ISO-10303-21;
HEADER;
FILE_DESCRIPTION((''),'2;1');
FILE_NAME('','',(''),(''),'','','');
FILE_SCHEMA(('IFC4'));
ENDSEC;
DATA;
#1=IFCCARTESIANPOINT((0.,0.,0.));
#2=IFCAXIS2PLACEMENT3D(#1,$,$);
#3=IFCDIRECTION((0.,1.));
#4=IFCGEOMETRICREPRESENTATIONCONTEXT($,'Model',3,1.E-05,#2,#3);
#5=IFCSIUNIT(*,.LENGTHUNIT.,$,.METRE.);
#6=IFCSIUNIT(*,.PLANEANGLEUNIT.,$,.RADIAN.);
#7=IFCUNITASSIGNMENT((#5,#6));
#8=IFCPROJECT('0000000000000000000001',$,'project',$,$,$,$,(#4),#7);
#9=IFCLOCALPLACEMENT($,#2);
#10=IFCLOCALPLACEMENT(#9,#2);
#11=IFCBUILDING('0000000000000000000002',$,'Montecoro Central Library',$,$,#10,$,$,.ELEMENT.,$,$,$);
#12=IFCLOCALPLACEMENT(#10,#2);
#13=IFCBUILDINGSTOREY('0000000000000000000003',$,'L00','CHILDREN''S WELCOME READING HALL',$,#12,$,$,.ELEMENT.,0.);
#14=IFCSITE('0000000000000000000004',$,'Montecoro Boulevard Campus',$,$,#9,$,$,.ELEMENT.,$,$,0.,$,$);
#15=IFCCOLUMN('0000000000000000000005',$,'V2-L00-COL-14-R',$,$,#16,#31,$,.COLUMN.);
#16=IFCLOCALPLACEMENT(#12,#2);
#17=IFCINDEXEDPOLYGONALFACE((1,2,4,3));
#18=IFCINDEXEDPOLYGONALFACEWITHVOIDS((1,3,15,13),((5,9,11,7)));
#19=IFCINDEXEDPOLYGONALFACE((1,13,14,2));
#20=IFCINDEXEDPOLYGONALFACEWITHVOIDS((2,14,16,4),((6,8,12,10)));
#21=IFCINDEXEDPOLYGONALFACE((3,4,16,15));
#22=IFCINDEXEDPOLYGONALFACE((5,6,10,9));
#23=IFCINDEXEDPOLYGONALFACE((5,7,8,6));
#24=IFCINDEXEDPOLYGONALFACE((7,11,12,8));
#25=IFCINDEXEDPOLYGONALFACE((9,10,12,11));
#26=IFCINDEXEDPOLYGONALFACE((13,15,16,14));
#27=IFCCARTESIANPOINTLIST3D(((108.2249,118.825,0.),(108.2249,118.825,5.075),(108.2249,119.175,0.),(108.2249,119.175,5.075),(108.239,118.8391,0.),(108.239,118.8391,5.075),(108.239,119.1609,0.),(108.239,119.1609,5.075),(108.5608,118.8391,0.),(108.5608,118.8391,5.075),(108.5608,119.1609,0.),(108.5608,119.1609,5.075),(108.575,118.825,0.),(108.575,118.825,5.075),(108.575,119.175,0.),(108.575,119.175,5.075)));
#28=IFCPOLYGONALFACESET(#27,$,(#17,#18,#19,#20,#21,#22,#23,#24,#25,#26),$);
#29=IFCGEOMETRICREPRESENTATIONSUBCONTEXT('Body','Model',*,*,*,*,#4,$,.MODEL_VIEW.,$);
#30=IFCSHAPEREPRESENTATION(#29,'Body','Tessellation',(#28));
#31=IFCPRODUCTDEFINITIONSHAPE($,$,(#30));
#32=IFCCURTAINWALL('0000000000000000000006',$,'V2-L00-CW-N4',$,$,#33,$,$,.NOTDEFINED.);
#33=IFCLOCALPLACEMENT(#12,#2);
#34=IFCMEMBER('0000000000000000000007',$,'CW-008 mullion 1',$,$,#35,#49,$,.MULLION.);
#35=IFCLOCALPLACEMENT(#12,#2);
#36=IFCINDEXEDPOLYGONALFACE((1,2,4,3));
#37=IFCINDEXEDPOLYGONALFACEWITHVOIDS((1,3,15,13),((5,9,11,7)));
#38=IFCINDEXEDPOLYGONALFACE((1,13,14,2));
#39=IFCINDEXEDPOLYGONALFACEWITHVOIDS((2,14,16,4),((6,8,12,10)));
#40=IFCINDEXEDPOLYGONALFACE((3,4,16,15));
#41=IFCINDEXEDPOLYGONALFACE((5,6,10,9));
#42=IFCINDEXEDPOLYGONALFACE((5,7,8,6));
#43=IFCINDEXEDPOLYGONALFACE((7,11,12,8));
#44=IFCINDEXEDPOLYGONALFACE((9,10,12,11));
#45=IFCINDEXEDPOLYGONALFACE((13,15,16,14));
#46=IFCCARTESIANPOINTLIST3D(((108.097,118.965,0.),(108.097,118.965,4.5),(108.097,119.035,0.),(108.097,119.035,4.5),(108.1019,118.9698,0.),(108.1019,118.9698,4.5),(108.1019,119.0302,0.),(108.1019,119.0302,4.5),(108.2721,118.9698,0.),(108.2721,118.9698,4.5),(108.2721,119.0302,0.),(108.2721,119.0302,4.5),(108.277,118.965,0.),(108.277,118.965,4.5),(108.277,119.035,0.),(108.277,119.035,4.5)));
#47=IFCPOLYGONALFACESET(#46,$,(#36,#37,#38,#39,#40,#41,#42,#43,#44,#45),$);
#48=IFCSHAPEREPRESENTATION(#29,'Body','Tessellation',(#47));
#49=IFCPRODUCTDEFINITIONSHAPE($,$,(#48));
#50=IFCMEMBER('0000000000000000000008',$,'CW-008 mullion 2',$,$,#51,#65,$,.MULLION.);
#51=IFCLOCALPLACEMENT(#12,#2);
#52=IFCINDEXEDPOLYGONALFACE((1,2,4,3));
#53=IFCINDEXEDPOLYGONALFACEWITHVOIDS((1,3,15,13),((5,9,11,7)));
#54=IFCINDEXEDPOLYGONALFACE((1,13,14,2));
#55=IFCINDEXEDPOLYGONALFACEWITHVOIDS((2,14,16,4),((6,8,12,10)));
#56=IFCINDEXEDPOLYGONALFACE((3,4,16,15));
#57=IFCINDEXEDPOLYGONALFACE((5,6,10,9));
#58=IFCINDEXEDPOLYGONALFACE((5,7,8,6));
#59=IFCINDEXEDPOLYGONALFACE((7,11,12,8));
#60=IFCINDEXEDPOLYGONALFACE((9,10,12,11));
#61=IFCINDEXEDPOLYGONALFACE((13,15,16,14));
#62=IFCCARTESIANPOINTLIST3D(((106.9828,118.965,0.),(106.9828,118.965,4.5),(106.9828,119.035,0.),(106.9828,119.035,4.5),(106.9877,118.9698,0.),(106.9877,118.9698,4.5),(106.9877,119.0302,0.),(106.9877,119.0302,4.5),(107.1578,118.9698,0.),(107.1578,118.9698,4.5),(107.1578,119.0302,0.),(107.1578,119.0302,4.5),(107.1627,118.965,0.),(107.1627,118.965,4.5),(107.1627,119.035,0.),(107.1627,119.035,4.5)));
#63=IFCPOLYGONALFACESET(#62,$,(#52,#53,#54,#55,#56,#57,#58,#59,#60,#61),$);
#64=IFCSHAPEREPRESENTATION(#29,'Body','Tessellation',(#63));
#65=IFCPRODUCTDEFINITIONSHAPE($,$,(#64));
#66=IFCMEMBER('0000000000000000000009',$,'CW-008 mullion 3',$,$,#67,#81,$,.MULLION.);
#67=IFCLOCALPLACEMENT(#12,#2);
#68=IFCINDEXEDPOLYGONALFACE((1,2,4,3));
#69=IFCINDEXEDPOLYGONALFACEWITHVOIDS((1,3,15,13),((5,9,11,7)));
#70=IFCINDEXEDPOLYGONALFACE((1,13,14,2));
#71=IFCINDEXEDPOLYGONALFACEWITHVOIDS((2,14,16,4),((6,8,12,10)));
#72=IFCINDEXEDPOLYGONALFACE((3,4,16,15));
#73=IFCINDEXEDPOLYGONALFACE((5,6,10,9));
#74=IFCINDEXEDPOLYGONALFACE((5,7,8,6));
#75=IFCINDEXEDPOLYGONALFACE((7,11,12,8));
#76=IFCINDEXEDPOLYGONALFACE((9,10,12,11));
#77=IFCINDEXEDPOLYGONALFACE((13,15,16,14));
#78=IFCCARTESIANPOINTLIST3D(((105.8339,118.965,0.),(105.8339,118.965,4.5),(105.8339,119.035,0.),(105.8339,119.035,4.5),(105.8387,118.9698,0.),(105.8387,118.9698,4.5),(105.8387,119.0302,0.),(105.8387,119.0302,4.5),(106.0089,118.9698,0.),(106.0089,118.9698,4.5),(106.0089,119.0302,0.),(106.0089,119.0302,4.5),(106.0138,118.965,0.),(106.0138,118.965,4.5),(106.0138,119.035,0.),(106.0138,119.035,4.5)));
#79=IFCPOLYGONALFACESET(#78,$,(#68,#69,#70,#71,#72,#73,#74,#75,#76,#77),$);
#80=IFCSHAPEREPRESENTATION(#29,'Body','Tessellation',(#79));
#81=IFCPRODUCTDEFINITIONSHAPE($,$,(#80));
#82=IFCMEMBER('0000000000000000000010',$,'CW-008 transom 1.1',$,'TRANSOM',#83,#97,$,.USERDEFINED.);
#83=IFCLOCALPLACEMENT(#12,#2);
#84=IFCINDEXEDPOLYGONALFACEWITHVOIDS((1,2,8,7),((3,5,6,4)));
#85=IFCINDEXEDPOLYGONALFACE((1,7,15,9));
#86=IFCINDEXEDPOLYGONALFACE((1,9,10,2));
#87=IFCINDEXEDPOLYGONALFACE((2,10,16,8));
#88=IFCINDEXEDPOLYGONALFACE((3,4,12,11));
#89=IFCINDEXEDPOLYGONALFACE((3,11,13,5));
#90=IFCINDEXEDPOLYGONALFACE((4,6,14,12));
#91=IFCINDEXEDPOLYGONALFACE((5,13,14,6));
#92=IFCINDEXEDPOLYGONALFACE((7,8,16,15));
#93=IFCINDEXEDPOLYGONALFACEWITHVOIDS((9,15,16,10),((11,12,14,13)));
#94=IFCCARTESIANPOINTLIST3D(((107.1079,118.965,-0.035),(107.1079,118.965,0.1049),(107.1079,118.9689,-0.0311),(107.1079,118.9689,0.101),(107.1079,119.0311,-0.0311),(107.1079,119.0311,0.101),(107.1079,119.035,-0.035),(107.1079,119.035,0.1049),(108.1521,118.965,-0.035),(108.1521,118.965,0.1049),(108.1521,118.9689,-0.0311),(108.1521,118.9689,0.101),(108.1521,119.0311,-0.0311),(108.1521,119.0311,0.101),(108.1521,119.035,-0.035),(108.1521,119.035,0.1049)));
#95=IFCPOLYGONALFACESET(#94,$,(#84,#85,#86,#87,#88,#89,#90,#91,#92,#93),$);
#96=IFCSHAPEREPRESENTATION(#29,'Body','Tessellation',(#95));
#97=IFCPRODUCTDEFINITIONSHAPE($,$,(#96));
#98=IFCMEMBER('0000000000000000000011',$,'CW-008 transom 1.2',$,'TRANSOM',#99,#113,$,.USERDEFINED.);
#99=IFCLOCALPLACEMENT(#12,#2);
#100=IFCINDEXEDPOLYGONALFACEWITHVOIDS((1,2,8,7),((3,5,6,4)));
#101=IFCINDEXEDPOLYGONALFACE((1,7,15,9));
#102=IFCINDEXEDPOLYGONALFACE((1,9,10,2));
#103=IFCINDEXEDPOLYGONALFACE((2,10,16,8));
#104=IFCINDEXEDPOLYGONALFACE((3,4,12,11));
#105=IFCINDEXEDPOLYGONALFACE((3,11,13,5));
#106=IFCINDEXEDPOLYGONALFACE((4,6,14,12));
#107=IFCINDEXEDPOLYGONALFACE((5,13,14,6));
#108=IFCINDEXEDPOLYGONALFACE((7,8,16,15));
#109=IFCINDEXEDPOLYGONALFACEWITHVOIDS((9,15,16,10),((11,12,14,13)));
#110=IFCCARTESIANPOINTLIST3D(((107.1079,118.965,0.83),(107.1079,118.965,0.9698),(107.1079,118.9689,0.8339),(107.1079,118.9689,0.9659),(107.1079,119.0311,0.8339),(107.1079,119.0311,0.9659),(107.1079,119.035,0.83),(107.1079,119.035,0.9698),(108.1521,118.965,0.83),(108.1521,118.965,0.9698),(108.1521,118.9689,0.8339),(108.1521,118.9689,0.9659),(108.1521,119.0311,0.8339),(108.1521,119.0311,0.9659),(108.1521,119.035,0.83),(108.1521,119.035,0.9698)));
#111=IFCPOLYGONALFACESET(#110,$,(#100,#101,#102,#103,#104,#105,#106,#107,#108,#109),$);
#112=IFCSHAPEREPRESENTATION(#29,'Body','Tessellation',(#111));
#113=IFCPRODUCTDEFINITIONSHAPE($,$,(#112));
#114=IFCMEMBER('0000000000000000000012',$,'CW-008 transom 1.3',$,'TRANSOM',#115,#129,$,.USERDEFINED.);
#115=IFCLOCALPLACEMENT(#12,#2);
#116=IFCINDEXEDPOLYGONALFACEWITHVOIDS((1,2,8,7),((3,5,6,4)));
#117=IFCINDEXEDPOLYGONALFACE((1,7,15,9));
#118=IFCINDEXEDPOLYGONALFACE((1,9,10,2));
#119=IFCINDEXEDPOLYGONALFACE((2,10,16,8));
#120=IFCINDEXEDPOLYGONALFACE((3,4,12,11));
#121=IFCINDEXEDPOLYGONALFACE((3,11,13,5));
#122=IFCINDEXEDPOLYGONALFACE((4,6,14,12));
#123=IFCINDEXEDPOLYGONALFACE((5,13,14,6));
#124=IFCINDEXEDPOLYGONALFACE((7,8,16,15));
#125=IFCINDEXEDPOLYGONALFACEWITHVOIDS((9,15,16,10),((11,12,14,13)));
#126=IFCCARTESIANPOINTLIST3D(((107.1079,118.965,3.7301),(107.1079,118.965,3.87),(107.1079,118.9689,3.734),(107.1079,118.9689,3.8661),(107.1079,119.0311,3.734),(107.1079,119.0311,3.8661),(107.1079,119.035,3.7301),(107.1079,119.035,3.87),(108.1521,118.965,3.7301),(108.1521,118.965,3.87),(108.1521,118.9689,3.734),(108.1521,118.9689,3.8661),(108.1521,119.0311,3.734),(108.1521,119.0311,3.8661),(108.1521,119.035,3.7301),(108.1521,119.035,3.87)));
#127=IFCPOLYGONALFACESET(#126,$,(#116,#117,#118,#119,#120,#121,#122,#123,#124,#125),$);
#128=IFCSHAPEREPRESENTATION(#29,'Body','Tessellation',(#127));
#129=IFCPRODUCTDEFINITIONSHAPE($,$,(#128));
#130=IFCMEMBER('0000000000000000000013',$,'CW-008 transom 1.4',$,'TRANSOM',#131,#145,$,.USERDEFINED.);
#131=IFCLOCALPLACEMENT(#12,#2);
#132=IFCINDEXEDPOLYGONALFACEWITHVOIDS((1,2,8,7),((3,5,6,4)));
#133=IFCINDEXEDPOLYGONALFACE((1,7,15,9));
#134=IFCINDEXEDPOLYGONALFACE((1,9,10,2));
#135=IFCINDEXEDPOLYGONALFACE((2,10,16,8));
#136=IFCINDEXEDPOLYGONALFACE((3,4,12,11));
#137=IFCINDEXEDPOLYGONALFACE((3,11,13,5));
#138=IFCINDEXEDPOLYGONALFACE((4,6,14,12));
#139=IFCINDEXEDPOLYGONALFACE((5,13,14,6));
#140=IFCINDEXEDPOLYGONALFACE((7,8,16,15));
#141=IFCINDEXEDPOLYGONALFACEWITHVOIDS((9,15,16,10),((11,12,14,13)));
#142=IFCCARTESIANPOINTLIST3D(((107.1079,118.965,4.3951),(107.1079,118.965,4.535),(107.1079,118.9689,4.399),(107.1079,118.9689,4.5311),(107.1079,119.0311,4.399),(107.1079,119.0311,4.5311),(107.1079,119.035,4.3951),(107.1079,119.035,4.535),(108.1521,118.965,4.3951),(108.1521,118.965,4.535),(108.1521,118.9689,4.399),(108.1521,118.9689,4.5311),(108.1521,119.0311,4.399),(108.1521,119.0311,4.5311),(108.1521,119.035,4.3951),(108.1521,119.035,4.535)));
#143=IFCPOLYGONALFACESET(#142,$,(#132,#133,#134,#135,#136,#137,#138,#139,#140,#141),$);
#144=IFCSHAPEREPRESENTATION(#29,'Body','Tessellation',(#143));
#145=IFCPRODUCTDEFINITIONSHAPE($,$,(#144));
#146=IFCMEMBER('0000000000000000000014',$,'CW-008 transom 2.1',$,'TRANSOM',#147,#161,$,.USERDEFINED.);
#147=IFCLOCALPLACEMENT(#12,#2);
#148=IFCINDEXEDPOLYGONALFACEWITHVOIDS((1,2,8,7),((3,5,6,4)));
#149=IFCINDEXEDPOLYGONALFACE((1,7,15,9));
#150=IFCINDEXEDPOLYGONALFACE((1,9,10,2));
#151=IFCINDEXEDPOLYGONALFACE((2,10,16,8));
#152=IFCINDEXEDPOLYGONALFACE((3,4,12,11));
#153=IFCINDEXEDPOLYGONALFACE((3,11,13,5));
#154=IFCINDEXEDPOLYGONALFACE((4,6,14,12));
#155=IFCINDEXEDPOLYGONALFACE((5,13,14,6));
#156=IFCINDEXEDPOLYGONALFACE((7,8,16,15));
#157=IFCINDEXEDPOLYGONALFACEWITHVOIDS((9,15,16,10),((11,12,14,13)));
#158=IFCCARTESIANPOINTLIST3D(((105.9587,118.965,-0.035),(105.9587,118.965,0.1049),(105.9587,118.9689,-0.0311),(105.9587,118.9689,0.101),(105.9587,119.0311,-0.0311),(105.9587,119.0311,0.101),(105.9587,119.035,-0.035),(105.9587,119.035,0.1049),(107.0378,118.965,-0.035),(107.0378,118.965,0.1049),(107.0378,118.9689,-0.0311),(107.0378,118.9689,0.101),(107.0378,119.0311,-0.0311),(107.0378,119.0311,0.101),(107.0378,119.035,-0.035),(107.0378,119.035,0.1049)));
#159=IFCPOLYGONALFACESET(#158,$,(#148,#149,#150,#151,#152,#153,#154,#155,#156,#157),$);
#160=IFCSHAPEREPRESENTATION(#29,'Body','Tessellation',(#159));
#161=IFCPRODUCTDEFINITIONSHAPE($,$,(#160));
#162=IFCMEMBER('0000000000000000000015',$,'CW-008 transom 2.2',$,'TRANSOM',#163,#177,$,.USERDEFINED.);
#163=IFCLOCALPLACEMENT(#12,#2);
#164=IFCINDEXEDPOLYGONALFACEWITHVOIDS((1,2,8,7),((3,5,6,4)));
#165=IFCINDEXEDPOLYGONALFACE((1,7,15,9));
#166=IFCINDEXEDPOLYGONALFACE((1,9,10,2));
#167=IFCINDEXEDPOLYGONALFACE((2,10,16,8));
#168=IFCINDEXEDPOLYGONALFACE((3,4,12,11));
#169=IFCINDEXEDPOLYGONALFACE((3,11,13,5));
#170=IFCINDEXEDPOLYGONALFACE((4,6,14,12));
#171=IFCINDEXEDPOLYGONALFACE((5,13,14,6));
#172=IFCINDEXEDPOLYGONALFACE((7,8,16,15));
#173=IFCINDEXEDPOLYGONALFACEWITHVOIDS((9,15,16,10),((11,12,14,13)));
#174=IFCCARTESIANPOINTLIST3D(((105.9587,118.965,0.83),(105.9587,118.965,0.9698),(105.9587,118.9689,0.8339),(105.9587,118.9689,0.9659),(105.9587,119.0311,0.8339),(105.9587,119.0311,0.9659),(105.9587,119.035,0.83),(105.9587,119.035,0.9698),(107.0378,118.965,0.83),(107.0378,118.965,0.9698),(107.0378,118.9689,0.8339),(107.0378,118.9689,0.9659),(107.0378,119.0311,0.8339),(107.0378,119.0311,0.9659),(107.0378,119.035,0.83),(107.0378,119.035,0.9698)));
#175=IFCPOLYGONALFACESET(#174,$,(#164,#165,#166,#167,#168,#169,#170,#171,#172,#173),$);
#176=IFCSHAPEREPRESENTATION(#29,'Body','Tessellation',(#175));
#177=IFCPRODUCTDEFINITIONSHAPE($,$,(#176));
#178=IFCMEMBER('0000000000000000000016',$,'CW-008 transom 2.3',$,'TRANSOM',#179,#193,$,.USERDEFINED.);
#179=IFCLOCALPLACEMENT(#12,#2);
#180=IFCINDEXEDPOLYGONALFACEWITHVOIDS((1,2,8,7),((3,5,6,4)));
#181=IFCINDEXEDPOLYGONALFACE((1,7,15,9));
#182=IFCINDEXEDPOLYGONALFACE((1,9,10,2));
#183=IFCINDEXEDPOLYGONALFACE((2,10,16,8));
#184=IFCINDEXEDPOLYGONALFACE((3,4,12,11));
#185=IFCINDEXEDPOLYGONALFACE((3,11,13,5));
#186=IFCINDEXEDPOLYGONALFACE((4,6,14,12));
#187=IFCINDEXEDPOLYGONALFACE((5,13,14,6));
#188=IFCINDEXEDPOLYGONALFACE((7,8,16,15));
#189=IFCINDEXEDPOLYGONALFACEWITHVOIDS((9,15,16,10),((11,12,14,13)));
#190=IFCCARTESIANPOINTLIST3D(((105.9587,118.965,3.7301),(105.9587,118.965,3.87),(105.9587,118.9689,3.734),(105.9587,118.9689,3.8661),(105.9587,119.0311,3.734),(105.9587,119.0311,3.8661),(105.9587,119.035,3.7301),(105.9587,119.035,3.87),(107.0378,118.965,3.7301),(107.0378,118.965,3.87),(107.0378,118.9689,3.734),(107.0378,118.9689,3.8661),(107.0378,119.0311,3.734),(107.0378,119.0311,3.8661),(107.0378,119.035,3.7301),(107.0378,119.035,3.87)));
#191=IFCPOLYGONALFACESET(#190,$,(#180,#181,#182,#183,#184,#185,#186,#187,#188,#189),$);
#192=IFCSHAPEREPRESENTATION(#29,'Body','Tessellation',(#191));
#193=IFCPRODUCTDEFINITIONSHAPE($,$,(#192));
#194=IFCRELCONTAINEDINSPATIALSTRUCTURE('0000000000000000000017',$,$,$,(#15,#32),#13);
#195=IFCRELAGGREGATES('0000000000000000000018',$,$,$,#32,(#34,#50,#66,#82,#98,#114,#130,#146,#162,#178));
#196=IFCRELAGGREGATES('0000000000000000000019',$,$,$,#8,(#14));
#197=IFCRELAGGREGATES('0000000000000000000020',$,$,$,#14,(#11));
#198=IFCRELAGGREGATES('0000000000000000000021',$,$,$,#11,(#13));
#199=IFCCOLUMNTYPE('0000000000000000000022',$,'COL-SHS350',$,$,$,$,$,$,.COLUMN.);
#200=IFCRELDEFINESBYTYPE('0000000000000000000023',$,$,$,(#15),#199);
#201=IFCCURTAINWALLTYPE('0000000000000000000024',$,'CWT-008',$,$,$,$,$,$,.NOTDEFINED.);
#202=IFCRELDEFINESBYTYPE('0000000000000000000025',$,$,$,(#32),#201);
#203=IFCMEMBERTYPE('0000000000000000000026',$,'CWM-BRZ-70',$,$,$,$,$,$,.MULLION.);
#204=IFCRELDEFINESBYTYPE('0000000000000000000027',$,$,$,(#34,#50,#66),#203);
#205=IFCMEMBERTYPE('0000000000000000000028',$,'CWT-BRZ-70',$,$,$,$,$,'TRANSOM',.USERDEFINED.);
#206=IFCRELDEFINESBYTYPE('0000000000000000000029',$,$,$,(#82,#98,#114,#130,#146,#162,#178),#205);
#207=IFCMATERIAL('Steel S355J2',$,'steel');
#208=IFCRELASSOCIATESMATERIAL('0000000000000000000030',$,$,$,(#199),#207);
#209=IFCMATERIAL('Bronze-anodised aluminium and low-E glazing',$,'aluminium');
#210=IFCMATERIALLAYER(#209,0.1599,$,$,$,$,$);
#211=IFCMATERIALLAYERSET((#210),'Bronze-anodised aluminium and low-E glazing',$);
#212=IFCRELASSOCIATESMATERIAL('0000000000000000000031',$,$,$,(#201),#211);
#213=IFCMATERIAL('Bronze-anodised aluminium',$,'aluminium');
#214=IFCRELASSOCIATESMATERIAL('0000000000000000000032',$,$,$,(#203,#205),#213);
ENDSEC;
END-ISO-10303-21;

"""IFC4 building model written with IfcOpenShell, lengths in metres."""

from ifc_helpers import new_model, si_unit, direction, frame, origin, origin_2d, place, context, subcontext, project, spatial, hollow_rectangle, extrude, material, layer, layer_set, material_profile, profile_set, type_object, element, aggregate, save


model = new_model("IFC4")

# Units and contexts
model_context = context("Model", 3, precision=1e-05, world=origin(), true_north=direction((0.0, 1.0)))
body_context = subcontext(model_context, "Body", "Model", "MODEL_VIEW")
ifc_project = project(units=[si_unit("LENGTHUNIT", "METRE"), si_unit("PLANEANGLEUNIT", "RADIAN")], contexts=[model_context])

# Site, building, storey
site_placement = place(None, origin())
site = spatial("IfcSite", under=ifc_project, at=site_placement, Name="Montecoro Boulevard Campus", CompositionType="ELEMENT", RefElevation=0.0)
building_placement = place(site_placement, origin())
building = spatial("IfcBuilding", under=site, at=building_placement, Name="Montecoro Central Library", CompositionType="ELEMENT")
storey_placement = place(building_placement, origin())
storey = spatial("IfcBuildingStorey", under=building, at=storey_placement, Name="L00", Description="CHILDREN'S WELCOME READING HALL", CompositionType="ELEMENT", Elevation=0.0)

# Column
ifc_material_1 = material(Name="Steel S355J2", Category="steel")
ifc_material_profile_1 = material_profile(ifc_material_1, hollow_rectangle(XDim=0.3501, YDim=0.3501, WallThickness=0.0142, at=origin_2d()), Name="SHS 350x350x14.2")
ifc_profile_set_1 = profile_set([ifc_material_profile_1], Name="Steel S355J2")
column_type = type_object("IfcColumnType", Name="COL-SHS350", PredefinedType="COLUMN", material=ifc_profile_set_1)
column_placement = place(storey_placement, frame((108.3999, 119.0, 0.0), z_axis=(0.0, 0.0, 1.0), x_axis=(1.0, 0.0, 0.0)))
element("IfcColumn", 1, at=column_placement, inside=storey, type_object=column_type, Name="V2-L00-COL-14-R", PredefinedType="COLUMN", context=body_context, shape_type="SweptSolid", body=[
    extrude(hollow_rectangle(XDim=0.3501, YDim=0.3501, WallThickness=0.0142, at=origin_2d()), origin(), (0.0, 0.0, 1.0), 5.075),
])

# Curtain wall, members
ifc_material_2 = material(Name="Bronze-anodised aluminium and low-E glazing", Category="aluminium")
ifc_layer_1 = layer(ifc_material_2, 0.1599)
ifc_layer_set_1 = layer_set([ifc_layer_1], Name="Bronze-anodised aluminium and low-E glazing")
curtain_wall_type = type_object("IfcCurtainWallType", Name="CWT-008", PredefinedType="NOTDEFINED", material=ifc_layer_set_1)
curtain_wall_placement = place(storey_placement, origin())
curtain_wall = element("IfcCurtainWall", 2, at=curtain_wall_placement, inside=storey, type_object=curtain_wall_type, Name="V2-L00-CW-N4", PredefinedType="NOTDEFINED")
ifc_material_3 = material(Name="Bronze-anodised aluminium", Category="aluminium")
ifc_material_profile_2 = material_profile(ifc_material_3, hollow_rectangle(XDim=0.0701, YDim=0.1799, WallThickness=0.0049, at=origin_2d()), Name="CWM 180x70x5.0")
ifc_profile_set_2 = profile_set([ifc_material_profile_2], Name="Bronze-anodised aluminium")
member_type_1 = type_object("IfcMemberType", Name="CWM-BRZ-70", PredefinedType="MULLION", material=ifc_profile_set_2)
member_1_placement = place(storey_placement, frame((108.187, 119.0, 0.0), z_axis=(0.0, 0.0, 1.0), x_axis=(0.0, -1.0, 0.0)))
member_1 = element("IfcMember", 3, at=member_1_placement, type_object=member_type_1, Name="CW-008 mullion 1", PredefinedType="MULLION", context=body_context, shape_type="SweptSolid", body=[
    extrude(hollow_rectangle(XDim=0.0701, YDim=0.1799, WallThickness=0.0049, at=origin_2d()), origin(), (0.0, 0.0, 1.0), 4.5),
])
member_2_placement = place(storey_placement, frame((107.0728, 119.0, 0.0), z_axis=(0.0, 0.0, 1.0), x_axis=(0.0, -1.0, 0.0)))
member_2 = element("IfcMember", 4, at=member_2_placement, type_object=member_type_1, Name="CW-008 mullion 2", PredefinedType="MULLION", context=body_context, shape_type="SweptSolid", body=[
    extrude(hollow_rectangle(XDim=0.0701, YDim=0.1799, WallThickness=0.0049, at=origin_2d()), origin(), (0.0, 0.0, 1.0), 4.5),
])
member_3_placement = place(storey_placement, frame((105.9238, 119.0, 0.0), z_axis=(0.0, 0.0, 1.0), x_axis=(0.0, -1.0, 0.0)))
member_3 = element("IfcMember", 5, at=member_3_placement, type_object=member_type_1, Name="CW-008 mullion 3", PredefinedType="MULLION", context=body_context, shape_type="SweptSolid", body=[
    extrude(hollow_rectangle(XDim=0.0701, YDim=0.1799, WallThickness=0.0049, at=origin_2d()), origin(), (0.0, 0.0, 1.0), 4.5),
])
ifc_material_profile_3 = material_profile(ifc_material_3, hollow_rectangle(XDim=0.0701, YDim=0.1399, WallThickness=0.0039, at=origin_2d()), Name="CWT 140x70x4.0")
ifc_profile_set_3 = profile_set([ifc_material_profile_3], Name="Bronze-anodised aluminium")
member_type_2 = type_object("IfcMemberType", Name="CWT-BRZ-70", ElementType="TRANSOM", PredefinedType="USERDEFINED", material=ifc_profile_set_3)
member_4_placement = place(storey_placement, frame((108.1521, 119.0, 0.0349), z_axis=(-1.0, 0.0, 0.0), x_axis=(0.0, -1.0, 0.0)))
member_4 = element("IfcMember", 6, at=member_4_placement, type_object=member_type_2, Name="CW-008 transom 1.1", ObjectType="TRANSOM", PredefinedType="USERDEFINED", context=body_context, shape_type="SweptSolid", body=[
    extrude(hollow_rectangle(XDim=0.0701, YDim=0.1399, WallThickness=0.0039, at=origin_2d()), origin(), (0.0, 0.0, 1.0), 1.0442),
])
member_5_placement = place(storey_placement, frame((108.1521, 119.0, 0.8999), z_axis=(-1.0, 0.0, 0.0), x_axis=(0.0, -1.0, 0.0)))
member_5 = element("IfcMember", 7, at=member_5_placement, type_object=member_type_2, Name="CW-008 transom 1.2", ObjectType="TRANSOM", PredefinedType="USERDEFINED", context=body_context, shape_type="SweptSolid", body=[
    extrude(hollow_rectangle(XDim=0.0701, YDim=0.1399, WallThickness=0.0039, at=origin_2d()), origin(), (0.0, 0.0, 1.0), 1.0442),
])
member_6_placement = place(storey_placement, frame((108.1521, 119.0, 3.8), z_axis=(-1.0, 0.0, 0.0), x_axis=(0.0, -1.0, 0.0)))
member_6 = element("IfcMember", 8, at=member_6_placement, type_object=member_type_2, Name="CW-008 transom 1.3", ObjectType="TRANSOM", PredefinedType="USERDEFINED", context=body_context, shape_type="SweptSolid", body=[
    extrude(hollow_rectangle(XDim=0.0701, YDim=0.1399, WallThickness=0.0039, at=origin_2d()), origin(), (0.0, 0.0, 1.0), 1.0442),
])
member_7_placement = place(storey_placement, frame((108.1521, 119.0, 4.4651), z_axis=(-1.0, 0.0, 0.0), x_axis=(0.0, -1.0, 0.0)))
member_7 = element("IfcMember", 9, at=member_7_placement, type_object=member_type_2, Name="CW-008 transom 1.4", ObjectType="TRANSOM", PredefinedType="USERDEFINED", context=body_context, shape_type="SweptSolid", body=[
    extrude(hollow_rectangle(XDim=0.0701, YDim=0.1399, WallThickness=0.0039, at=origin_2d()), origin(), (0.0, 0.0, 1.0), 1.0442),
])
member_8_placement = place(storey_placement, frame((107.0378, 119.0, 0.0349), z_axis=(-1.0, 0.0, 0.0), x_axis=(0.0, -1.0, 0.0)))
member_8 = element("IfcMember", 10, at=member_8_placement, type_object=member_type_2, Name="CW-008 transom 2.1", ObjectType="TRANSOM", PredefinedType="USERDEFINED", context=body_context, shape_type="SweptSolid", body=[
    extrude(hollow_rectangle(XDim=0.0701, YDim=0.1399, WallThickness=0.0039, at=origin_2d()), origin(), (0.0, 0.0, 1.0), 1.0791),
])
member_9_placement = place(storey_placement, frame((107.0378, 119.0, 0.8999), z_axis=(-1.0, 0.0, 0.0), x_axis=(0.0, -1.0, 0.0)))
member_9 = element("IfcMember", 11, at=member_9_placement, type_object=member_type_2, Name="CW-008 transom 2.2", ObjectType="TRANSOM", PredefinedType="USERDEFINED", context=body_context, shape_type="SweptSolid", body=[
    extrude(hollow_rectangle(XDim=0.0701, YDim=0.1399, WallThickness=0.0039, at=origin_2d()), origin(), (0.0, 0.0, 1.0), 1.0791),
])
member_10_placement = place(storey_placement, frame((107.0378, 119.0, 3.8), z_axis=(-1.0, 0.0, 0.0), x_axis=(0.0, -1.0, 0.0)))
member_10 = element("IfcMember", 12, at=member_10_placement, type_object=member_type_2, Name="CW-008 transom 2.3", ObjectType="TRANSOM", PredefinedType="USERDEFINED", context=body_context, shape_type="SweptSolid", body=[
    extrude(hollow_rectangle(XDim=0.0701, YDim=0.1399, WallThickness=0.0039, at=origin_2d()), origin(), (0.0, 0.0, 1.0), 1.0791),
])
aggregate(curtain_wall, [member_1, member_2, member_3, member_4, member_5, member_6, member_7, member_8, member_9, member_10])

save(model, "model.ifc")
